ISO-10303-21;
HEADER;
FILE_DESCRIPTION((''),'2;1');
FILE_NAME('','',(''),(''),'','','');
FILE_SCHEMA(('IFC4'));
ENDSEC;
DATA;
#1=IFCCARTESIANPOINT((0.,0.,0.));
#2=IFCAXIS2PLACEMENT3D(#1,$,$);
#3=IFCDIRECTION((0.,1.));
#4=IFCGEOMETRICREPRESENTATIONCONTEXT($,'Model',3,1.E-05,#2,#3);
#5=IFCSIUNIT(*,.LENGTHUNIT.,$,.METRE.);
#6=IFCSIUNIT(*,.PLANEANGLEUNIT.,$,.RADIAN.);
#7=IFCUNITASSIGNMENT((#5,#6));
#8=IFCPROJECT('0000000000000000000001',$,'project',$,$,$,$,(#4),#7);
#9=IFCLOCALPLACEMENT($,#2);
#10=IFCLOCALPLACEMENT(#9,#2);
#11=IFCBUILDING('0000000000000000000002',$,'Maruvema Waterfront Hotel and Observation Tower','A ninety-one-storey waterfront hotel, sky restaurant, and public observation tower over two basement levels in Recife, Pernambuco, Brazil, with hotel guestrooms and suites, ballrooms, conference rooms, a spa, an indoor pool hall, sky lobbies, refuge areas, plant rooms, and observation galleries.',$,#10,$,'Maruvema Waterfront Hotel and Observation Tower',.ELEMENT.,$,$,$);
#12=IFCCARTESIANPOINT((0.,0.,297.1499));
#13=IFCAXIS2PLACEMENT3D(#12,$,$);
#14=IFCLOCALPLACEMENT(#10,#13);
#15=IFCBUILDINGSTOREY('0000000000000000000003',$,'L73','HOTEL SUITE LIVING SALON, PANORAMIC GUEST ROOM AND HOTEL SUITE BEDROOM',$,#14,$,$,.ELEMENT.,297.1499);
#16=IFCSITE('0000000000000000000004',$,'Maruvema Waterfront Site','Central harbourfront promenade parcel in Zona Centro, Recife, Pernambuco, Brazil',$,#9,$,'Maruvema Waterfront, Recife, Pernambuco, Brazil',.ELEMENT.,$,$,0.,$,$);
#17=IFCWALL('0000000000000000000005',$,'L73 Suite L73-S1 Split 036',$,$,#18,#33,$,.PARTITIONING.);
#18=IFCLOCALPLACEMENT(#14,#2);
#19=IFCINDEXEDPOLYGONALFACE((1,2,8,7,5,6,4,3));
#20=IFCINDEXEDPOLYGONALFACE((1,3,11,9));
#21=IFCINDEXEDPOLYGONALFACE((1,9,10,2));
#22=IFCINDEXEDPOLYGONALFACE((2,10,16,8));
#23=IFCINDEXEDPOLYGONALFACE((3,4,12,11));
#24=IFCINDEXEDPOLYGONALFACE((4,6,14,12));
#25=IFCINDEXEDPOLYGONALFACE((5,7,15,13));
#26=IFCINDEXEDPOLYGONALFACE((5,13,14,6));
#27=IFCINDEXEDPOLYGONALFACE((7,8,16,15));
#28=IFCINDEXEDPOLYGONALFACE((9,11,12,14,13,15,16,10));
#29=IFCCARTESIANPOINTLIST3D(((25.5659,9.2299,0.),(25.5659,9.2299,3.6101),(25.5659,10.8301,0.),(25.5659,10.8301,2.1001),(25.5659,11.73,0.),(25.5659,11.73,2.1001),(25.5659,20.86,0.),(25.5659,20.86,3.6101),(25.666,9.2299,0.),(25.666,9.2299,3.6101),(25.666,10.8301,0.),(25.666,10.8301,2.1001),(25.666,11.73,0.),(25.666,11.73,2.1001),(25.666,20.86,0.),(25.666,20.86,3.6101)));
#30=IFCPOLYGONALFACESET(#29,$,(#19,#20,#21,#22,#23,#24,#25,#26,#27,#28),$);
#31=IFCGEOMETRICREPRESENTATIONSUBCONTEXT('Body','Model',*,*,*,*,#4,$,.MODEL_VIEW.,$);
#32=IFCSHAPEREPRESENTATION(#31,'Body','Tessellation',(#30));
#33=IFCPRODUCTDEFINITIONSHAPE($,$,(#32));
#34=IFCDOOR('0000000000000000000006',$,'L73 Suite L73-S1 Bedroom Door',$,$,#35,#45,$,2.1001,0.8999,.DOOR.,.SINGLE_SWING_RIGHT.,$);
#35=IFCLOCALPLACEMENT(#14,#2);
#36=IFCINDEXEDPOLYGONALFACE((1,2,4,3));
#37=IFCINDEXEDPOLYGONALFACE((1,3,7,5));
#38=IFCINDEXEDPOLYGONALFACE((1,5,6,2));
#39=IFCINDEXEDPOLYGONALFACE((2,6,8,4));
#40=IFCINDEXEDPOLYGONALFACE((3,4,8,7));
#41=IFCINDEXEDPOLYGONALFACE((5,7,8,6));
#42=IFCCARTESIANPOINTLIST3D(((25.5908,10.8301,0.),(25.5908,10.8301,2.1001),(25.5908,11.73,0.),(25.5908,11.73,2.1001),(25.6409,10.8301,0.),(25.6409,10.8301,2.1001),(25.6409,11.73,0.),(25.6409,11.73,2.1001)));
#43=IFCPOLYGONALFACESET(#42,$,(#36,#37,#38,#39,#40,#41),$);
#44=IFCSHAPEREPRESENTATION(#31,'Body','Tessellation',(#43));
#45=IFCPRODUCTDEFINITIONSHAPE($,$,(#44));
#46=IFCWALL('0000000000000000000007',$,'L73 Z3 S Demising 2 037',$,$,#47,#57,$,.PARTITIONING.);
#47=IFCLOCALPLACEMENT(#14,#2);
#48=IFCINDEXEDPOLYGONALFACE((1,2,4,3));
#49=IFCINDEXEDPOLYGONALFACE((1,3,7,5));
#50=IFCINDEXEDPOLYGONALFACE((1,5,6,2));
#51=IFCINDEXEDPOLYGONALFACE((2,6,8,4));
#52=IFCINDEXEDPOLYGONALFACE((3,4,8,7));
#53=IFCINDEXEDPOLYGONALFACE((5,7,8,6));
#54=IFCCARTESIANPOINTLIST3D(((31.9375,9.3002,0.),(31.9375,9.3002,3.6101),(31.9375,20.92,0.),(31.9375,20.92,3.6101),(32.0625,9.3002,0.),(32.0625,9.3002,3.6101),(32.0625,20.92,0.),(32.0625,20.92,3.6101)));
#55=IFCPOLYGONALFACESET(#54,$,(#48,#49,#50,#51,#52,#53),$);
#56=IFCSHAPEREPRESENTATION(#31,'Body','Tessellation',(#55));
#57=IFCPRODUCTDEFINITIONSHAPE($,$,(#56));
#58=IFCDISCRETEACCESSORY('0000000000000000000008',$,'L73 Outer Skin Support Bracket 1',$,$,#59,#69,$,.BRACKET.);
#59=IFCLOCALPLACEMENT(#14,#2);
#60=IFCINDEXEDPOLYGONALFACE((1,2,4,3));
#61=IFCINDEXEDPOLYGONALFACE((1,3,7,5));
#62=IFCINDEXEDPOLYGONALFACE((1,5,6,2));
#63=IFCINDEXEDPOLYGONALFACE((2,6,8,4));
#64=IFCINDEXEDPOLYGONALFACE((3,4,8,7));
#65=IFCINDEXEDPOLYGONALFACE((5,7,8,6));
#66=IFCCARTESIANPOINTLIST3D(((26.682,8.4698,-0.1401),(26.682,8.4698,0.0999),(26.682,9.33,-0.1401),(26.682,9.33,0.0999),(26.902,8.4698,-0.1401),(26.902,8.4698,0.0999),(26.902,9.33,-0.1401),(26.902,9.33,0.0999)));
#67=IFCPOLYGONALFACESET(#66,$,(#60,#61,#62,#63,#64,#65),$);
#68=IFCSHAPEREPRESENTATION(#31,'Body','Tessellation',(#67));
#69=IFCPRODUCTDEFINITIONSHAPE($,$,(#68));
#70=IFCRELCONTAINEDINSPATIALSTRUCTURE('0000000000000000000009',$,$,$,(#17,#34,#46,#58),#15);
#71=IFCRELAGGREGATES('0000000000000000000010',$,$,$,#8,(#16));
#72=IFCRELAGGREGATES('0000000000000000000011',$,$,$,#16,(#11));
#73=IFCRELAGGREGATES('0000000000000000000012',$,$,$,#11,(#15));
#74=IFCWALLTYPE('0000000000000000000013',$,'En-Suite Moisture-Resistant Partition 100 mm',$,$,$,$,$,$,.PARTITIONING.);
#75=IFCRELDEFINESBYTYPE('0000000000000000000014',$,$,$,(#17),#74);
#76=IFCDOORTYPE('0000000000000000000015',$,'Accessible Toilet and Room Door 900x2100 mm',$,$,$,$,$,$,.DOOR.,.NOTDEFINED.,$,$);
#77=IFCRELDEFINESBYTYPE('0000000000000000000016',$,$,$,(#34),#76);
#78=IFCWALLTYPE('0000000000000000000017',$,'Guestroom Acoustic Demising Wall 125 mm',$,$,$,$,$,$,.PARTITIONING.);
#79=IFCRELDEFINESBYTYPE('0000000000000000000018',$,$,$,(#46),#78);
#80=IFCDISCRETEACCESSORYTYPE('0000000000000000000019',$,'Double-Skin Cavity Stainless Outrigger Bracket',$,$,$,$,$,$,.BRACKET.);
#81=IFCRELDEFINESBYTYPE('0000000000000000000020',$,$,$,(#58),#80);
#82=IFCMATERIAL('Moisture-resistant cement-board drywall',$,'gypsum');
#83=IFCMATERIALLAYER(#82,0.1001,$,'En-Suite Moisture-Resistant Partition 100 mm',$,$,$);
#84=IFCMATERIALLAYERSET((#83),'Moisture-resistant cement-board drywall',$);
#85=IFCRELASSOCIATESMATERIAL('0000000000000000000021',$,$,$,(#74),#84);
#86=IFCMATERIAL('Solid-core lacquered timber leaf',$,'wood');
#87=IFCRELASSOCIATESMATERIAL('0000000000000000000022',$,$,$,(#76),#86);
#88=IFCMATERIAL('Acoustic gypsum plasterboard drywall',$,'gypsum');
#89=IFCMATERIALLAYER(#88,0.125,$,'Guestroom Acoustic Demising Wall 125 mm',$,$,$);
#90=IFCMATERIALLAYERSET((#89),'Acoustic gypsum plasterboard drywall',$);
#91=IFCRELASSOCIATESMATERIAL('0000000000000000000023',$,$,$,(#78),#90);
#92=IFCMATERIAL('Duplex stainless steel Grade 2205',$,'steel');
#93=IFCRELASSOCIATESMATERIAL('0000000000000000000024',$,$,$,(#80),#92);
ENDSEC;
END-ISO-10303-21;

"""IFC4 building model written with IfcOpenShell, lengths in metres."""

from ifc_helpers import new_model, si_unit, direction, frame, frame_2d, origin, origin_2d, place, context, subcontext, project, spatial, rectangle, extrude, material, layer, layer_set, type_object, element, fill, save


model = new_model("IFC4")

# Units and contexts
model_context = context("Model", 3, precision=1e-05, world=origin(), true_north=direction((0.0, 1.0)))
body_context = subcontext(model_context, "Body", "Model", "MODEL_VIEW")
ifc_project = project(units=[si_unit("LENGTHUNIT", "METRE"), si_unit("PLANEANGLEUNIT", "RADIAN")], contexts=[model_context])

# Site, building, storey
site_placement = place(None, origin())
site = spatial("IfcSite", under=ifc_project, at=site_placement, Name="Maruvema Waterfront Site", Description="Central harbourfront promenade parcel in Zona Centro, Recife, Pernambuco, Brazil", LongName="Maruvema Waterfront, Recife, Pernambuco, Brazil", CompositionType="ELEMENT", RefElevation=0.0)
building_placement = place(site_placement, origin())
building = spatial("IfcBuilding", under=site, at=building_placement, Name="Maruvema Waterfront Hotel and Observation Tower", Description="A ninety-one-storey waterfront hotel, sky restaurant, and public observation tower over two basement levels in Recife, Pernambuco, Brazil, with hotel guestrooms and suites, ballrooms, conference rooms, a spa, an indoor pool hall, sky lobbies, refuge areas, plant rooms, and observation galleries.", LongName="Maruvema Waterfront Hotel and Observation Tower", CompositionType="ELEMENT")
storey_placement = place(building_placement, frame((0.0, 0.0, 297.1499)))
storey = spatial("IfcBuildingStorey", under=building, at=storey_placement, Name="L73", Description="HOTEL SUITE LIVING SALON, PANORAMIC GUEST ROOM AND HOTEL SUITE BEDROOM", CompositionType="ELEMENT", Elevation=297.1499)

# Shared definitions
ifc_material_1 = material(Name="Moisture-resistant cement-board drywall", Category="gypsum")
ifc_layer_1 = layer(ifc_material_1, 0.1001, Name="En-Suite Moisture-Resistant Partition 100 mm")
ifc_layer_set_1 = layer_set([ifc_layer_1], Name="Moisture-resistant cement-board drywall")
wall_type_1 = type_object("IfcWallType", Name="En-Suite Moisture-Resistant Partition 100 mm", PredefinedType="PARTITIONING", material=ifc_layer_set_1)

# Wall, opening, door
wall_1_placement = place(storey_placement, frame((25.616, 9.23, 0.0), z_axis=(0.0, 0.0, 1.0), x_axis=(0.0, 1.0, 0.0)))
wall_1 = element("IfcWall", 1, at=wall_1_placement, inside=storey, type_object=wall_type_1, Name="L73 Suite L73-S1 Split 036", PredefinedType="PARTITIONING", context=body_context, shape_type="SweptSolid", body=[
    extrude(rectangle(XDim=11.6301, YDim=0.1001, at=frame_2d((5.8149, 0.0))), origin(), (0.0, 0.0, 1.0), 3.6101),
])
opening_placement = place(wall_1_placement, frame((1.6001, 0.0, 0.0)))
opening = element("IfcOpeningElement", 2, at=opening_placement, cuts=wall_1, PredefinedType="OPENING", context=body_context, shape_type="SweptSolid", body=[
    extrude(rectangle(XDim=0.8999, YDim=2.1001, at=frame_2d((0.45, 1.05))), frame((0.0, 0.0601, 0.0), z_axis=(0.0, -1.0, 0.0), x_axis=(1.0, 0.0, 0.0)), (0.0, 0.0, 1.0), 0.1201),
])
ifc_material_2 = material(Name="Solid-core lacquered timber leaf", Category="wood")
door_type = type_object("IfcDoorType", Name="Accessible Toilet and Room Door 900x2100 mm", OperationType="NOTDEFINED", PredefinedType="DOOR", material=ifc_material_2)
door_placement = place(opening_placement, frame((0.8999, 0.0, 0.0), z_axis=(0.0, 0.0, 1.0), x_axis=(-1.0, 0.0, 0.0)))
door = element("IfcDoor", 3, at=door_placement, inside=storey, type_object=door_type, Name="L73 Suite L73-S1 Bedroom Door", OperationType="SINGLE_SWING_RIGHT", OverallHeight=2.1001, OverallWidth=0.8999, PredefinedType="DOOR", context=body_context, shape_type="SweptSolid", body=[
    extrude(rectangle(XDim=0.8999, YDim=2.1001, at=frame_2d((0.45, 1.05))), frame((0.0, 0.0249, 0.0), z_axis=(0.0, -1.0, 0.0), x_axis=(1.0, 0.0, 0.0)), (0.0, 0.0, 1.0), 0.05),
])
fill(opening, door)

# Wall
ifc_material_3 = material(Name="Acoustic gypsum plasterboard drywall", Category="gypsum")
ifc_layer_2 = layer(ifc_material_3, 0.125, Name="Guestroom Acoustic Demising Wall 125 mm")
ifc_layer_set_2 = layer_set([ifc_layer_2], Name="Acoustic gypsum plasterboard drywall")
wall_type_2 = type_object("IfcWallType", Name="Guestroom Acoustic Demising Wall 125 mm", PredefinedType="PARTITIONING", material=ifc_layer_set_2)
wall_2_placement = place(storey_placement, frame((32.0, 9.3, 0.0), z_axis=(0.0, 0.0, 1.0), x_axis=(0.0, 1.0, 0.0)))
element("IfcWall", 4, at=wall_2_placement, inside=storey, type_object=wall_type_2, Name="L73 Z3 S Demising 2 037", PredefinedType="PARTITIONING", context=body_context, shape_type="SweptSolid", body=[
    extrude(rectangle(XDim=11.6199, YDim=0.125, at=frame_2d((5.8101, 0.0))), origin(), (0.0, 0.0, 1.0), 3.6101),
])

# Discrete accessory
ifc_material_4 = material(Name="Duplex stainless steel Grade 2205", Category="steel")
discrete_accessory_type = type_object("IfcDiscreteAccessoryType", Name="Double-Skin Cavity Stainless Outrigger Bracket", PredefinedType="BRACKET", material=ifc_material_4)
discrete_accessory_placement = place(storey_placement, frame((26.792, 8.8999, -0.1401), z_axis=(0.0, 0.0, 1.0), x_axis=(1.0, 0.0, 0.0)))
element("IfcDiscreteAccessory", 5, at=discrete_accessory_placement, inside=storey, type_object=discrete_accessory_type, Name="L73 Outer Skin Support Bracket 1", PredefinedType="BRACKET", context=body_context, shape_type="SweptSolid", body=[
    extrude(rectangle(XDim=0.22, YDim=0.8601, at=origin_2d()), origin(), (0.0, 0.0, 1.0), 0.24),
])

save(model, "model.ifc")
